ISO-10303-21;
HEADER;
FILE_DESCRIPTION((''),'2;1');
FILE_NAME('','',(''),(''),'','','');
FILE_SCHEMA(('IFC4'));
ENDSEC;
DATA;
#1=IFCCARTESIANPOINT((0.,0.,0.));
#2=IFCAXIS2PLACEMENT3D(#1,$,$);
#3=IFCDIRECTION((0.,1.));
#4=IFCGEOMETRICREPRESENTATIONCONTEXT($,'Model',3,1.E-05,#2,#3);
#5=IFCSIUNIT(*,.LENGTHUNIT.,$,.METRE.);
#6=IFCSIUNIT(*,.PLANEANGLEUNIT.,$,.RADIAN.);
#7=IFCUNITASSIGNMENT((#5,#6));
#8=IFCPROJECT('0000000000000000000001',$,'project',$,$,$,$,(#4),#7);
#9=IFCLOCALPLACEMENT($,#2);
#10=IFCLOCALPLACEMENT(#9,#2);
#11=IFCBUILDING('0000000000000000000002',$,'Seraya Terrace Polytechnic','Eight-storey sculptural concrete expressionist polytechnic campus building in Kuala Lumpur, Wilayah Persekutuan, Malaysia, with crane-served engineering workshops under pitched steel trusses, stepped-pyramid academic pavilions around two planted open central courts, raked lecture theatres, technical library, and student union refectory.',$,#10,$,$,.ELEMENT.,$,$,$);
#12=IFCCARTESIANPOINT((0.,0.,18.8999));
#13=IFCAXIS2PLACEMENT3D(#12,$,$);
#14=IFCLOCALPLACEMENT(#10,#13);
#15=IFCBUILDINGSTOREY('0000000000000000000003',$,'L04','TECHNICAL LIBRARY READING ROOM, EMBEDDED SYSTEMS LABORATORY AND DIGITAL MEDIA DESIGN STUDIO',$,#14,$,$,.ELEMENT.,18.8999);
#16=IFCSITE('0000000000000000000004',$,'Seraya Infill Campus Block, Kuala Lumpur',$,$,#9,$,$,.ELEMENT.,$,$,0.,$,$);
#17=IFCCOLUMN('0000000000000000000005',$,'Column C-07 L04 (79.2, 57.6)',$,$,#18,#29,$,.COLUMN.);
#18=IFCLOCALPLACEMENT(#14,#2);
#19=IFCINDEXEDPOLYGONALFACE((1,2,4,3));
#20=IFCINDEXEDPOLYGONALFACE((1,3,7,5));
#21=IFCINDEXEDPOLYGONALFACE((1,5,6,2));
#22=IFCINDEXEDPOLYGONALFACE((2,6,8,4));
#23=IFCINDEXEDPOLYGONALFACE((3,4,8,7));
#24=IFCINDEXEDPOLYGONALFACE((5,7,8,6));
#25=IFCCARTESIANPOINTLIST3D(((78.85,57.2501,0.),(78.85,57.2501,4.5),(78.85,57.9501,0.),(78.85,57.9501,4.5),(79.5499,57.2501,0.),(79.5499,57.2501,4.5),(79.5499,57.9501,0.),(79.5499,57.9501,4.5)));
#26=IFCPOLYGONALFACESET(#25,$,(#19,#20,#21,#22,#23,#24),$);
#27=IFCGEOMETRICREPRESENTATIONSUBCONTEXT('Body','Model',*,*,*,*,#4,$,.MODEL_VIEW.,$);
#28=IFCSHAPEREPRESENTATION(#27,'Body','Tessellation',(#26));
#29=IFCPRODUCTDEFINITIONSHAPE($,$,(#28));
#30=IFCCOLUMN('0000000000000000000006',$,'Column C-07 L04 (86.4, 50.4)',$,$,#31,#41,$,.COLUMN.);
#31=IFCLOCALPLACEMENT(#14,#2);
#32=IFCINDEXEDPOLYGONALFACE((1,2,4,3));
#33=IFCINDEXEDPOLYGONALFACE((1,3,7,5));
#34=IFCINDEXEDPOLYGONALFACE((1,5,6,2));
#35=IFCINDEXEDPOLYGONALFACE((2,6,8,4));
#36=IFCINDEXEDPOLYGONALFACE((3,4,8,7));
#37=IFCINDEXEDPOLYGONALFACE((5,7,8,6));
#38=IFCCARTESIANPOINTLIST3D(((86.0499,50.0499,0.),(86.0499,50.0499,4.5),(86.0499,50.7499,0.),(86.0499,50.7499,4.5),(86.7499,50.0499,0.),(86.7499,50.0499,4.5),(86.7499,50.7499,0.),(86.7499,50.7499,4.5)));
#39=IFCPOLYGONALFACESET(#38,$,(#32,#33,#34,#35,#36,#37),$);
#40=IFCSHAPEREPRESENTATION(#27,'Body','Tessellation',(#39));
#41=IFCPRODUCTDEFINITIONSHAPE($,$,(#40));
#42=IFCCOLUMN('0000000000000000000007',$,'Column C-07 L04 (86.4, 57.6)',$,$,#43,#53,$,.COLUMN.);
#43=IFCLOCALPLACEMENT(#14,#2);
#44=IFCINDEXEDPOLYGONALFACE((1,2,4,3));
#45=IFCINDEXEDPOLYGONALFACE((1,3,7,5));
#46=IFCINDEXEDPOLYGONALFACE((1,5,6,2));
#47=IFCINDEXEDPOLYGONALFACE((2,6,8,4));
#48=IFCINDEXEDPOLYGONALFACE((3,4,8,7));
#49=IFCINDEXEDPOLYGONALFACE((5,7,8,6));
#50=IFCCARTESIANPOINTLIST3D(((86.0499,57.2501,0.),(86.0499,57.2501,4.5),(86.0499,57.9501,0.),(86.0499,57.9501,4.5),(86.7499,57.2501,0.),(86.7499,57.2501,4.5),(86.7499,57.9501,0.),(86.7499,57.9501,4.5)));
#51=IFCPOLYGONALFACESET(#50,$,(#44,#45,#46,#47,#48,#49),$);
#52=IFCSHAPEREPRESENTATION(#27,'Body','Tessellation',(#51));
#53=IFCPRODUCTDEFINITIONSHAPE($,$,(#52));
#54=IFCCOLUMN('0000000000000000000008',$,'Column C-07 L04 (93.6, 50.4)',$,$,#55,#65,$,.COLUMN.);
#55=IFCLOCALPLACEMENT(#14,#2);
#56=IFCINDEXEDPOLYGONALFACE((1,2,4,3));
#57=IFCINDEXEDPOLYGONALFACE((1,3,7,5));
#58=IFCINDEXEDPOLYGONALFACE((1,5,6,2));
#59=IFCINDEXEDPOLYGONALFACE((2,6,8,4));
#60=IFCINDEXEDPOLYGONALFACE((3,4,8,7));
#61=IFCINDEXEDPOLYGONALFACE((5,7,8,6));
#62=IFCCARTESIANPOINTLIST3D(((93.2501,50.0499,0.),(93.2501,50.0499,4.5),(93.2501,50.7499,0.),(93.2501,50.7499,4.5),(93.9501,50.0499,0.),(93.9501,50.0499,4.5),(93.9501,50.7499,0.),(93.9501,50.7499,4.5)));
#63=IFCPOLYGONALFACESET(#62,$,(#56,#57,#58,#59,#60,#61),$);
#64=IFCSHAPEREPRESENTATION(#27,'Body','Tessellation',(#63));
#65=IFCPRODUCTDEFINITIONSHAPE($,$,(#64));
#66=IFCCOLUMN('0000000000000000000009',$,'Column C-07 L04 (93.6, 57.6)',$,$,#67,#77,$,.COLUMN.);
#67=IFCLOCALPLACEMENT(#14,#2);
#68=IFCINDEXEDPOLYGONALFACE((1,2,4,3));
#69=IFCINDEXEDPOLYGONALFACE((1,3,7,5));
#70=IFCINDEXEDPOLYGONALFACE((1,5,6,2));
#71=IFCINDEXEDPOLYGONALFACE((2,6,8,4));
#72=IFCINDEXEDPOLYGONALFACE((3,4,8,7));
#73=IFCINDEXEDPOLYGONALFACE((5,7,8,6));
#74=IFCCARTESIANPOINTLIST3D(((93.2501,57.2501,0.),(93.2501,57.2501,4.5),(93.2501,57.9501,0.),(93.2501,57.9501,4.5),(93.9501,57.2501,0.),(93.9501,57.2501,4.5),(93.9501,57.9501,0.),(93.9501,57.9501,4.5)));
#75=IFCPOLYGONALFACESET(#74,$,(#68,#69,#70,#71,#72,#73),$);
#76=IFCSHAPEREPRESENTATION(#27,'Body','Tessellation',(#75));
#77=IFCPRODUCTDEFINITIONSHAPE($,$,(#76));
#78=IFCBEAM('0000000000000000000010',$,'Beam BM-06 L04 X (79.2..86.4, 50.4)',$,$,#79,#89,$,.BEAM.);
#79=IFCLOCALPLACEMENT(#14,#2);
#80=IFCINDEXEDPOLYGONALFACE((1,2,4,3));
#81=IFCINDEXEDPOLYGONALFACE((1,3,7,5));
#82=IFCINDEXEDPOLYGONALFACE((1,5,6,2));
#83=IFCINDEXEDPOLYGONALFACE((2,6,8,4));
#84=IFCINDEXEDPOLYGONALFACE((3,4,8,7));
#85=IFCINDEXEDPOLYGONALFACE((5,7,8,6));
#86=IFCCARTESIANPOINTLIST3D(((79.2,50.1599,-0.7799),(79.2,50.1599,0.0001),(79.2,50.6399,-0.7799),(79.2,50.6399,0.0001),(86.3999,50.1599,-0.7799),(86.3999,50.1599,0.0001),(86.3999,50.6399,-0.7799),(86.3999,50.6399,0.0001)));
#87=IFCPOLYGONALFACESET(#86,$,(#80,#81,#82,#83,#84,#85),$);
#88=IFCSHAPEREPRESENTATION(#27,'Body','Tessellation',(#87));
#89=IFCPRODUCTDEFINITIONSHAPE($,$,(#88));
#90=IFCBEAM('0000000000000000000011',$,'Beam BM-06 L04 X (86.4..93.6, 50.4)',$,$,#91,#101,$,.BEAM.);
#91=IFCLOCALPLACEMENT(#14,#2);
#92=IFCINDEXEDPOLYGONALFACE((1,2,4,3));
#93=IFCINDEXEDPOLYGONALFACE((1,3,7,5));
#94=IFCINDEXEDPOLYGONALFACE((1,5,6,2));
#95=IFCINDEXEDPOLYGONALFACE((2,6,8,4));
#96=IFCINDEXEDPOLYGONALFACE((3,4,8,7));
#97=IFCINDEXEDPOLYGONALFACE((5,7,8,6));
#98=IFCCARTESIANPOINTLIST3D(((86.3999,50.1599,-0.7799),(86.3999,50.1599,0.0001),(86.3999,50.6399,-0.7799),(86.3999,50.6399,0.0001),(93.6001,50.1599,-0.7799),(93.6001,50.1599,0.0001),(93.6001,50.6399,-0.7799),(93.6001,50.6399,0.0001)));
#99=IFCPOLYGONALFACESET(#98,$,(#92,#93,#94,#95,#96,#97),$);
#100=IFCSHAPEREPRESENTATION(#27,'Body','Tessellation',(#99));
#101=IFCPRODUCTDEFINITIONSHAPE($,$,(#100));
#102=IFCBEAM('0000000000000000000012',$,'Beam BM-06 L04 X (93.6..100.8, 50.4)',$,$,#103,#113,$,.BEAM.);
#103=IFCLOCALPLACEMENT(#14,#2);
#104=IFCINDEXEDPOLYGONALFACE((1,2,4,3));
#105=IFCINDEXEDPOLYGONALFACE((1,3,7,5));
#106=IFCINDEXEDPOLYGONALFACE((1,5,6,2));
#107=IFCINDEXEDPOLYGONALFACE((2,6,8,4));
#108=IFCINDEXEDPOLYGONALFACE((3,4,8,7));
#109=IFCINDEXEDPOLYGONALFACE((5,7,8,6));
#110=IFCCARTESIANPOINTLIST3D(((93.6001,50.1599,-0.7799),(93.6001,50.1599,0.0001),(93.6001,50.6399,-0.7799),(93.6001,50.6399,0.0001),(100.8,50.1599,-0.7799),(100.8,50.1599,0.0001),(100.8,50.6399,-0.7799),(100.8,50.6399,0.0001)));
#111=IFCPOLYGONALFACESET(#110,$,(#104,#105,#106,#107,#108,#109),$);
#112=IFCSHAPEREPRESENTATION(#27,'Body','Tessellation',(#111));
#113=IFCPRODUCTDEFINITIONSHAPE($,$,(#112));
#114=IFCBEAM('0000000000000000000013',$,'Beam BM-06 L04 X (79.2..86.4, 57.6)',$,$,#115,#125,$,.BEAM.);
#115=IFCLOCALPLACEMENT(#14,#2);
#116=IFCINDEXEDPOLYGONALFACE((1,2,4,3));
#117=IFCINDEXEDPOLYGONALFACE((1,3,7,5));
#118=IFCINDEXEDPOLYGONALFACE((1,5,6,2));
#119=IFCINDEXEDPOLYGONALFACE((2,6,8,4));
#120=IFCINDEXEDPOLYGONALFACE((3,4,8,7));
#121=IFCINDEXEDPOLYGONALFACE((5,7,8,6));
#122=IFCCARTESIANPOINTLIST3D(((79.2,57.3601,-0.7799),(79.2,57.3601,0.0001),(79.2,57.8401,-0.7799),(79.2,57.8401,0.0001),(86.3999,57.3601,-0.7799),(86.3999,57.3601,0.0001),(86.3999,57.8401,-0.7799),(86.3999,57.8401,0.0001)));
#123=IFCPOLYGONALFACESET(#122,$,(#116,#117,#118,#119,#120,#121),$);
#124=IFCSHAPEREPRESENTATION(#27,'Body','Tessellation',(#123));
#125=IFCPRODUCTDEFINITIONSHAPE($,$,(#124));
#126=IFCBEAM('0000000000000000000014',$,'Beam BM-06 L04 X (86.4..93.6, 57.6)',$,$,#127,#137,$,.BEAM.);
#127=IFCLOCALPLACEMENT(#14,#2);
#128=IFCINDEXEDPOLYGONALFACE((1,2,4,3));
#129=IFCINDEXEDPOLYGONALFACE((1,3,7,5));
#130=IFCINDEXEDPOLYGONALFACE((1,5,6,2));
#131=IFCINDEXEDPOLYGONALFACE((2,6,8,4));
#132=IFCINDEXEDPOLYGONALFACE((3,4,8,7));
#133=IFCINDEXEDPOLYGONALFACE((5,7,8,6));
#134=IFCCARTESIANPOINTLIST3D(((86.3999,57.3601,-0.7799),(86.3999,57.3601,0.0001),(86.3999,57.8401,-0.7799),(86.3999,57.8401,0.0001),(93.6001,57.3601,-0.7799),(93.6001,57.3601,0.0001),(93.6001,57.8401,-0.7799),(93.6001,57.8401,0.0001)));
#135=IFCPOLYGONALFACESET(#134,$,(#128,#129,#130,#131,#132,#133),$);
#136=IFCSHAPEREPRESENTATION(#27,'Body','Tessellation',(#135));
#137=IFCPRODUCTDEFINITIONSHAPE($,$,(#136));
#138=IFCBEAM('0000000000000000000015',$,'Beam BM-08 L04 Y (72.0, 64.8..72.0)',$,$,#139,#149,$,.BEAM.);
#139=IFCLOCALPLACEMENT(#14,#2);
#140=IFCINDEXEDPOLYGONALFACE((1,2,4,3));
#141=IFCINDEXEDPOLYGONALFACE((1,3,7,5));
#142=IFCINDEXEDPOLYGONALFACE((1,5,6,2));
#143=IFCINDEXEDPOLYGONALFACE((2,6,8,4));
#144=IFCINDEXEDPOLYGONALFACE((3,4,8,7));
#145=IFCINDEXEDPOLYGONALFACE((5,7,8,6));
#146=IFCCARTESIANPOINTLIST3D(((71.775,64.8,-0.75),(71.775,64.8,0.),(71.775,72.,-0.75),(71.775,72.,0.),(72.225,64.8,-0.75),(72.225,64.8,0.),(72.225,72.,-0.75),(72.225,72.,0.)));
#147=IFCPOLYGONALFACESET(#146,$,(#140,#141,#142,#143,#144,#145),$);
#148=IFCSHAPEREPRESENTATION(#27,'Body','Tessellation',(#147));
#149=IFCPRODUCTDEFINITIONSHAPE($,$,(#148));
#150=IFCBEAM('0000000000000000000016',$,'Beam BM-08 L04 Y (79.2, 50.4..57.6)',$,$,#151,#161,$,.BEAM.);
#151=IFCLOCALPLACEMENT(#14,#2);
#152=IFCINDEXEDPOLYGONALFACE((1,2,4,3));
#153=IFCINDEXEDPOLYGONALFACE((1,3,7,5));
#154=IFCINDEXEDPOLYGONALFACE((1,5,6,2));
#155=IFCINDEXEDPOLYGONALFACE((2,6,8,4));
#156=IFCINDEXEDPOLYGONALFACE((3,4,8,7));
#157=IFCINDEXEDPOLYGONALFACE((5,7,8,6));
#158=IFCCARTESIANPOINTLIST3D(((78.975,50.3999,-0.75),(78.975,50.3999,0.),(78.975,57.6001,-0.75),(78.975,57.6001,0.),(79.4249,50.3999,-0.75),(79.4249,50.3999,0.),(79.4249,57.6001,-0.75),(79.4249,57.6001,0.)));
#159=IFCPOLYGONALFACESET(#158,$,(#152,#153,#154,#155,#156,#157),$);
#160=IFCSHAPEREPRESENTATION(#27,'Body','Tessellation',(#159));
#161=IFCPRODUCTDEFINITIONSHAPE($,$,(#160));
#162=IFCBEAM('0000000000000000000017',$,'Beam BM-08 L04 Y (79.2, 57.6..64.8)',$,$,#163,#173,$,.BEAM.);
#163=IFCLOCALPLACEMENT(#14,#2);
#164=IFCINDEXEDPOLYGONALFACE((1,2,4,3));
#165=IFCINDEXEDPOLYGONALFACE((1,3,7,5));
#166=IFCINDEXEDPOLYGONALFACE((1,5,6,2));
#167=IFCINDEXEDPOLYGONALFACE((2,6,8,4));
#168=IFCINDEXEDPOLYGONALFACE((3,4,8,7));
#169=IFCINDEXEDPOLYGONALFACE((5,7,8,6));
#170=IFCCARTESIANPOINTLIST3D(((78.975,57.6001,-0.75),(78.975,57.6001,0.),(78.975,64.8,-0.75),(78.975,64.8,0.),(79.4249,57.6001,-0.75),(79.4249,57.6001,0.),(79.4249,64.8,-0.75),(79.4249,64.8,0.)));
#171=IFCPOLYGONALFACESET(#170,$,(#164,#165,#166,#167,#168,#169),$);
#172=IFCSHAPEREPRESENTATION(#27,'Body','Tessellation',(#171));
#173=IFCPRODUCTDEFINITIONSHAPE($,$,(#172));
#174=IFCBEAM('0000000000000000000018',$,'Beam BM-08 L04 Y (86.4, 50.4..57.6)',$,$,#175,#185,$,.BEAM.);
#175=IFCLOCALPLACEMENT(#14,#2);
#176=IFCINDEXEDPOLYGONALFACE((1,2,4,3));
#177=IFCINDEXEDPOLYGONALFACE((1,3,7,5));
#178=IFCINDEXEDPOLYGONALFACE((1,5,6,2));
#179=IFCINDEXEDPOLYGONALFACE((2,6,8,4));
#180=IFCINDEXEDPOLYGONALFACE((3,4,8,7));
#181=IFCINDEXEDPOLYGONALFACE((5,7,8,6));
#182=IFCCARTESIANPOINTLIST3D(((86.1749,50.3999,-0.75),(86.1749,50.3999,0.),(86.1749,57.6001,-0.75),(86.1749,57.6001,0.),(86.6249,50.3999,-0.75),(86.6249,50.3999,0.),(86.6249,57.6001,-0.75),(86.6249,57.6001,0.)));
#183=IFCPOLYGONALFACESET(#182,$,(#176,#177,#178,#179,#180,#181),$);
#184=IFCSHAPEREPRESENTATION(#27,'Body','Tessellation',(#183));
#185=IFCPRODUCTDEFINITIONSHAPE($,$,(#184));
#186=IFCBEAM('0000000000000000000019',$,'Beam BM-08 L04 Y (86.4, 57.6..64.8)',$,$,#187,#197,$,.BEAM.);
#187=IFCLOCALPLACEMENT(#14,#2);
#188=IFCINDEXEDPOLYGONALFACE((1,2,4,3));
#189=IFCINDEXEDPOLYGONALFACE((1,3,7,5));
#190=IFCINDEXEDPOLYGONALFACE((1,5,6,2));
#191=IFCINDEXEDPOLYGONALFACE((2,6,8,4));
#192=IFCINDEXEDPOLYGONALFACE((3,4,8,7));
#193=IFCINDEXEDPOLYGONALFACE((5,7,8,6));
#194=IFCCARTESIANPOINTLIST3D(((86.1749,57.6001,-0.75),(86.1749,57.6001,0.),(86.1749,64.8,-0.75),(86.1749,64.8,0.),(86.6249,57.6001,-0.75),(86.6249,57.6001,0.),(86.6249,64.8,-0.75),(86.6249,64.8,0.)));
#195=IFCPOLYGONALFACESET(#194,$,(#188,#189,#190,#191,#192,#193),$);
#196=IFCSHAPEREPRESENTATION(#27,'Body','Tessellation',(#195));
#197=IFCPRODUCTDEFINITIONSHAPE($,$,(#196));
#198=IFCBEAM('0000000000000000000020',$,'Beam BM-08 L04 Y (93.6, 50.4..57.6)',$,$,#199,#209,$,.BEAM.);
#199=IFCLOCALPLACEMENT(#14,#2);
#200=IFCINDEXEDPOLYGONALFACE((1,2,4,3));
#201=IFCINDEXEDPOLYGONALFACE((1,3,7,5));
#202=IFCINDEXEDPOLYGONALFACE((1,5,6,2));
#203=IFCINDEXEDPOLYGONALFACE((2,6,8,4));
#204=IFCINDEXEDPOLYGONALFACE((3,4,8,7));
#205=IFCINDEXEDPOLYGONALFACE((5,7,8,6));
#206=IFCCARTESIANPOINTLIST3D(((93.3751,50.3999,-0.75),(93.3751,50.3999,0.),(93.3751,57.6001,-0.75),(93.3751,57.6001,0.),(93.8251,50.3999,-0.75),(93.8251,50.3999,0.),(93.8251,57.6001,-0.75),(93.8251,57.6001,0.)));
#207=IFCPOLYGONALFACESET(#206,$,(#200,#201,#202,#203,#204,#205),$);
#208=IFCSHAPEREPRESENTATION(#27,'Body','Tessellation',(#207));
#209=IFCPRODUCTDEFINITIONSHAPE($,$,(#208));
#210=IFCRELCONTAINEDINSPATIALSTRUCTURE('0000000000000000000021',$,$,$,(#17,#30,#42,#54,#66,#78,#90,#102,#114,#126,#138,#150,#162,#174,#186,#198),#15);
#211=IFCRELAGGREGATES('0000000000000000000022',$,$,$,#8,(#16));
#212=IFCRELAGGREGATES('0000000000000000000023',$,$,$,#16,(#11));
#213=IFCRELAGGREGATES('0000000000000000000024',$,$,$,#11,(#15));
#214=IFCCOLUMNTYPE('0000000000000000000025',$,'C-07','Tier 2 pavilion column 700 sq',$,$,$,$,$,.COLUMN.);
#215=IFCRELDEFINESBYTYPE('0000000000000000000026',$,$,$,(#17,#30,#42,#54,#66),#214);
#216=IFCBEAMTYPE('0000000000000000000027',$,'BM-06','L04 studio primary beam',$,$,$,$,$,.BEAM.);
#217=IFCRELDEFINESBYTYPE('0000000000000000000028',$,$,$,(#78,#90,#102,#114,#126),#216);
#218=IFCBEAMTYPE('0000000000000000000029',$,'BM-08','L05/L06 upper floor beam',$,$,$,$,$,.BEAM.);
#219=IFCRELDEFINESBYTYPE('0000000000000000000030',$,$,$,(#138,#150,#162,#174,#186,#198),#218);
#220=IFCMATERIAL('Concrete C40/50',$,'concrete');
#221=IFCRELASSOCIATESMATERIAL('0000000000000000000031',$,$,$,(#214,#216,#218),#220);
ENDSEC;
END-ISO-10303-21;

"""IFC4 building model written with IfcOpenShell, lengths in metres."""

from ifc_helpers import new_model, si_unit, direction, frame, origin, origin_2d, place, context, subcontext, project, spatial, rectangle, extrude, material, material_profile, profile_set, type_object, element, save


model = new_model("IFC4")

# Units and contexts
model_context = context("Model", 3, precision=1e-05, world=origin(), true_north=direction((0.0, 1.0)))
body_context = subcontext(model_context, "Body", "Model", "MODEL_VIEW")
ifc_project = project(units=[si_unit("LENGTHUNIT", "METRE"), si_unit("PLANEANGLEUNIT", "RADIAN")], contexts=[model_context])

# Site, building, storey
site_placement = place(None, origin())
site = spatial("IfcSite", under=ifc_project, at=site_placement, Name="Seraya Infill Campus Block, Kuala Lumpur", CompositionType="ELEMENT", RefElevation=0.0)
building_placement = place(site_placement, origin())
building = spatial("IfcBuilding", under=site, at=building_placement, Name="Seraya Terrace Polytechnic", Description="Eight-storey sculptural concrete expressionist polytechnic campus building in Kuala Lumpur, Wilayah Persekutuan, Malaysia, with crane-served engineering workshops under pitched steel trusses, stepped-pyramid academic pavilions around two planted open central courts, raked lecture theatres, technical library, and student union refectory.", CompositionType="ELEMENT")
storey_placement = place(building_placement, frame((0.0, 0.0, 18.8999)))
storey = spatial("IfcBuildingStorey", under=building, at=storey_placement, Name="L04", Description="TECHNICAL LIBRARY READING ROOM, EMBEDDED SYSTEMS LABORATORY AND DIGITAL MEDIA DESIGN STUDIO", CompositionType="ELEMENT", Elevation=18.8999)

# Columns
ifc_material_1 = material(Name="Concrete C40/50", Category="concrete")
ifc_material_profile_1 = material_profile(ifc_material_1, rectangle(XDim=0.7, YDim=0.7, at=origin_2d()), Name="RC 700x700")
ifc_profile_set_1 = profile_set([ifc_material_profile_1], Name="Concrete C40/50")
column_type = type_object("IfcColumnType", Name="C-07", Description="Tier 2 pavilion column 700 sq", PredefinedType="COLUMN", material=ifc_profile_set_1)
for number, where, z_axis, x_axis, name in (
    (1, (79.2, 57.6001, 0.0), (0.0, 0.0, 1.0), (1.0, 0.0, 0.0), "Column C-07 L04 (79.2, 57.6)"),
    (2, (86.3999, 50.3999, 0.0), (0.0, 0.0, 1.0), (1.0, 0.0, 0.0), "Column C-07 L04 (86.4, 50.4)"),
    (3, (86.3999, 57.6001, 0.0), (0.0, 0.0, 1.0), (1.0, 0.0, 0.0), "Column C-07 L04 (86.4, 57.6)"),
    (4, (93.6001, 50.3999, 0.0), (0.0, 0.0, 1.0), (1.0, 0.0, 0.0), "Column C-07 L04 (93.6, 50.4)"),
    (5, (93.6001, 57.6001, 0.0), (0.0, 0.0, 1.0), (1.0, 0.0, 0.0), "Column C-07 L04 (93.6, 57.6)"),
):
    element("IfcColumn", number, at=place(storey_placement, frame(where, z_axis=z_axis, x_axis=x_axis)), inside=storey, type_object=column_type, Name=name, PredefinedType="COLUMN", context=body_context, shape_type="SweptSolid", body=[
        extrude(rectangle(XDim=0.7, YDim=0.7, at=origin_2d()), origin(), (0.0, 0.0, 1.0), 4.5),
    ])

# Beams
ifc_material_profile_2 = material_profile(ifc_material_1, rectangle(XDim=0.48, YDim=0.78, at=origin_2d()), Name="RC 480x780")
ifc_profile_set_2 = profile_set([ifc_material_profile_2], Name="Concrete C40/50")
beam_type_1 = type_object("IfcBeamType", Name="BM-06", Description="L04 studio primary beam", PredefinedType="BEAM", material=ifc_profile_set_2)
beam_1_placement = place(storey_placement, frame((79.2, 50.3999, -0.3899), z_axis=(1.0, 0.0, 0.0), x_axis=(0.0, 1.0, 0.0)))
element("IfcBeam", 6, at=beam_1_placement, inside=storey, type_object=beam_type_1, Name="Beam BM-06 L04 X (79.2..86.4, 50.4)", PredefinedType="BEAM", context=body_context, shape_type="SweptSolid", body=[
    extrude(rectangle(XDim=0.48, YDim=0.78, at=origin_2d()), origin(), (0.0, 0.0, 1.0), 7.2),
])
beam_2_placement = place(storey_placement, frame((86.3999, 50.3999, -0.3899), z_axis=(1.0, 0.0, 0.0), x_axis=(0.0, 1.0, 0.0)))
element("IfcBeam", 7, at=beam_2_placement, inside=storey, type_object=beam_type_1, Name="Beam BM-06 L04 X (86.4..93.6, 50.4)", PredefinedType="BEAM", context=body_context, shape_type="SweptSolid", body=[
    extrude(rectangle(XDim=0.48, YDim=0.78, at=origin_2d()), origin(), (0.0, 0.0, 1.0), 7.2002),
])
for number, where, z_axis, x_axis, name in (
    (8, (93.6001, 50.3999, -0.3899), (1.0, 0.0, 0.0), (0.0, 1.0, 0.0), "Beam BM-06 L04 X (93.6..100.8, 50.4)"),
    (9, (79.2, 57.6001, -0.3899), (1.0, 0.0, 0.0), (0.0, 1.0, 0.0), "Beam BM-06 L04 X (79.2..86.4, 57.6)"),
):
    element("IfcBeam", number, at=place(storey_placement, frame(where, z_axis=z_axis, x_axis=x_axis)), inside=storey, type_object=beam_type_1, Name=name, PredefinedType="BEAM", context=body_context, shape_type="SweptSolid", body=[
        extrude(rectangle(XDim=0.48, YDim=0.78, at=origin_2d()), origin(), (0.0, 0.0, 1.0), 7.2),
    ])
beam_3_placement = place(storey_placement, frame((86.3999, 57.6001, -0.3899), z_axis=(1.0, 0.0, 0.0), x_axis=(0.0, 1.0, 0.0)))
element("IfcBeam", 10, at=beam_3_placement, inside=storey, type_object=beam_type_1, Name="Beam BM-06 L04 X (86.4..93.6, 57.6)", PredefinedType="BEAM", context=body_context, shape_type="SweptSolid", body=[
    extrude(rectangle(XDim=0.48, YDim=0.78, at=origin_2d()), origin(), (0.0, 0.0, 1.0), 7.2002),
])
ifc_material_profile_3 = material_profile(ifc_material_1, rectangle(XDim=0.45, YDim=0.75, at=origin_2d()), Name="RC 450x750")
ifc_profile_set_3 = profile_set([ifc_material_profile_3], Name="Concrete C40/50")
beam_type_2 = type_object("IfcBeamType", Name="BM-08", Description="L05/L06 upper floor beam", PredefinedType="BEAM", material=ifc_profile_set_3)
beam_4_placement = place(storey_placement, frame((72.0, 64.8, -0.375), z_axis=(0.0, 1.0, 0.0), x_axis=(-1.0, 0.0, 0.0)))
element("IfcBeam", 11, at=beam_4_placement, inside=storey, type_object=beam_type_2, Name="Beam BM-08 L04 Y (72.0, 64.8..72.0)", PredefinedType="BEAM", context=body_context, shape_type="SweptSolid", body=[
    extrude(rectangle(XDim=0.45, YDim=0.75, at=origin_2d()), origin(), (0.0, 0.0, 1.0), 7.2),
])
beam_5_placement = place(storey_placement, frame((79.2, 50.3999, -0.375), z_axis=(0.0, 1.0, 0.0), x_axis=(-1.0, 0.0, 0.0)))
element("IfcBeam", 12, at=beam_5_placement, inside=storey, type_object=beam_type_2, Name="Beam BM-08 L04 Y (79.2, 50.4..57.6)", PredefinedType="BEAM", context=body_context, shape_type="SweptSolid", body=[
    extrude(rectangle(XDim=0.45, YDim=0.75, at=origin_2d()), origin(), (0.0, 0.0, 1.0), 7.2002),
])
beam_6_placement = place(storey_placement, frame((79.2, 57.6001, -0.375), z_axis=(0.0, 1.0, 0.0), x_axis=(-1.0, 0.0, 0.0)))
element("IfcBeam", 13, at=beam_6_placement, inside=storey, type_object=beam_type_2, Name="Beam BM-08 L04 Y (79.2, 57.6..64.8)", PredefinedType="BEAM", context=body_context, shape_type="SweptSolid", body=[
    extrude(rectangle(XDim=0.45, YDim=0.75, at=origin_2d()), origin(), (0.0, 0.0, 1.0), 7.2),
])
beam_7_placement = place(storey_placement, frame((86.3999, 50.3999, -0.375), z_axis=(0.0, 1.0, 0.0), x_axis=(-1.0, 0.0, 0.0)))
element("IfcBeam", 14, at=beam_7_placement, inside=storey, type_object=beam_type_2, Name="Beam BM-08 L04 Y (86.4, 50.4..57.6)", PredefinedType="BEAM", context=body_context, shape_type="SweptSolid", body=[
    extrude(rectangle(XDim=0.45, YDim=0.75, at=origin_2d()), origin(), (0.0, 0.0, 1.0), 7.2002),
])
beam_8_placement = place(storey_placement, frame((86.3999, 57.6001, -0.375), z_axis=(0.0, 1.0, 0.0), x_axis=(-1.0, 0.0, 0.0)))
element("IfcBeam", 15, at=beam_8_placement, inside=storey, type_object=beam_type_2, Name="Beam BM-08 L04 Y (86.4, 57.6..64.8)", PredefinedType="BEAM", context=body_context, shape_type="SweptSolid", body=[
    extrude(rectangle(XDim=0.45, YDim=0.75, at=origin_2d()), origin(), (0.0, 0.0, 1.0), 7.2),
])
beam_9_placement = place(storey_placement, frame((93.6001, 50.3999, -0.375), z_axis=(0.0, 1.0, 0.0), x_axis=(-1.0, 0.0, 0.0)))
element("IfcBeam", 16, at=beam_9_placement, inside=storey, type_object=beam_type_2, Name="Beam BM-08 L04 Y (93.6, 50.4..57.6)", PredefinedType="BEAM", context=body_context, shape_type="SweptSolid", body=[
    extrude(rectangle(XDim=0.45, YDim=0.75, at=origin_2d()), origin(), (0.0, 0.0, 1.0), 7.2002),
])

save(model, "model.ifc")
